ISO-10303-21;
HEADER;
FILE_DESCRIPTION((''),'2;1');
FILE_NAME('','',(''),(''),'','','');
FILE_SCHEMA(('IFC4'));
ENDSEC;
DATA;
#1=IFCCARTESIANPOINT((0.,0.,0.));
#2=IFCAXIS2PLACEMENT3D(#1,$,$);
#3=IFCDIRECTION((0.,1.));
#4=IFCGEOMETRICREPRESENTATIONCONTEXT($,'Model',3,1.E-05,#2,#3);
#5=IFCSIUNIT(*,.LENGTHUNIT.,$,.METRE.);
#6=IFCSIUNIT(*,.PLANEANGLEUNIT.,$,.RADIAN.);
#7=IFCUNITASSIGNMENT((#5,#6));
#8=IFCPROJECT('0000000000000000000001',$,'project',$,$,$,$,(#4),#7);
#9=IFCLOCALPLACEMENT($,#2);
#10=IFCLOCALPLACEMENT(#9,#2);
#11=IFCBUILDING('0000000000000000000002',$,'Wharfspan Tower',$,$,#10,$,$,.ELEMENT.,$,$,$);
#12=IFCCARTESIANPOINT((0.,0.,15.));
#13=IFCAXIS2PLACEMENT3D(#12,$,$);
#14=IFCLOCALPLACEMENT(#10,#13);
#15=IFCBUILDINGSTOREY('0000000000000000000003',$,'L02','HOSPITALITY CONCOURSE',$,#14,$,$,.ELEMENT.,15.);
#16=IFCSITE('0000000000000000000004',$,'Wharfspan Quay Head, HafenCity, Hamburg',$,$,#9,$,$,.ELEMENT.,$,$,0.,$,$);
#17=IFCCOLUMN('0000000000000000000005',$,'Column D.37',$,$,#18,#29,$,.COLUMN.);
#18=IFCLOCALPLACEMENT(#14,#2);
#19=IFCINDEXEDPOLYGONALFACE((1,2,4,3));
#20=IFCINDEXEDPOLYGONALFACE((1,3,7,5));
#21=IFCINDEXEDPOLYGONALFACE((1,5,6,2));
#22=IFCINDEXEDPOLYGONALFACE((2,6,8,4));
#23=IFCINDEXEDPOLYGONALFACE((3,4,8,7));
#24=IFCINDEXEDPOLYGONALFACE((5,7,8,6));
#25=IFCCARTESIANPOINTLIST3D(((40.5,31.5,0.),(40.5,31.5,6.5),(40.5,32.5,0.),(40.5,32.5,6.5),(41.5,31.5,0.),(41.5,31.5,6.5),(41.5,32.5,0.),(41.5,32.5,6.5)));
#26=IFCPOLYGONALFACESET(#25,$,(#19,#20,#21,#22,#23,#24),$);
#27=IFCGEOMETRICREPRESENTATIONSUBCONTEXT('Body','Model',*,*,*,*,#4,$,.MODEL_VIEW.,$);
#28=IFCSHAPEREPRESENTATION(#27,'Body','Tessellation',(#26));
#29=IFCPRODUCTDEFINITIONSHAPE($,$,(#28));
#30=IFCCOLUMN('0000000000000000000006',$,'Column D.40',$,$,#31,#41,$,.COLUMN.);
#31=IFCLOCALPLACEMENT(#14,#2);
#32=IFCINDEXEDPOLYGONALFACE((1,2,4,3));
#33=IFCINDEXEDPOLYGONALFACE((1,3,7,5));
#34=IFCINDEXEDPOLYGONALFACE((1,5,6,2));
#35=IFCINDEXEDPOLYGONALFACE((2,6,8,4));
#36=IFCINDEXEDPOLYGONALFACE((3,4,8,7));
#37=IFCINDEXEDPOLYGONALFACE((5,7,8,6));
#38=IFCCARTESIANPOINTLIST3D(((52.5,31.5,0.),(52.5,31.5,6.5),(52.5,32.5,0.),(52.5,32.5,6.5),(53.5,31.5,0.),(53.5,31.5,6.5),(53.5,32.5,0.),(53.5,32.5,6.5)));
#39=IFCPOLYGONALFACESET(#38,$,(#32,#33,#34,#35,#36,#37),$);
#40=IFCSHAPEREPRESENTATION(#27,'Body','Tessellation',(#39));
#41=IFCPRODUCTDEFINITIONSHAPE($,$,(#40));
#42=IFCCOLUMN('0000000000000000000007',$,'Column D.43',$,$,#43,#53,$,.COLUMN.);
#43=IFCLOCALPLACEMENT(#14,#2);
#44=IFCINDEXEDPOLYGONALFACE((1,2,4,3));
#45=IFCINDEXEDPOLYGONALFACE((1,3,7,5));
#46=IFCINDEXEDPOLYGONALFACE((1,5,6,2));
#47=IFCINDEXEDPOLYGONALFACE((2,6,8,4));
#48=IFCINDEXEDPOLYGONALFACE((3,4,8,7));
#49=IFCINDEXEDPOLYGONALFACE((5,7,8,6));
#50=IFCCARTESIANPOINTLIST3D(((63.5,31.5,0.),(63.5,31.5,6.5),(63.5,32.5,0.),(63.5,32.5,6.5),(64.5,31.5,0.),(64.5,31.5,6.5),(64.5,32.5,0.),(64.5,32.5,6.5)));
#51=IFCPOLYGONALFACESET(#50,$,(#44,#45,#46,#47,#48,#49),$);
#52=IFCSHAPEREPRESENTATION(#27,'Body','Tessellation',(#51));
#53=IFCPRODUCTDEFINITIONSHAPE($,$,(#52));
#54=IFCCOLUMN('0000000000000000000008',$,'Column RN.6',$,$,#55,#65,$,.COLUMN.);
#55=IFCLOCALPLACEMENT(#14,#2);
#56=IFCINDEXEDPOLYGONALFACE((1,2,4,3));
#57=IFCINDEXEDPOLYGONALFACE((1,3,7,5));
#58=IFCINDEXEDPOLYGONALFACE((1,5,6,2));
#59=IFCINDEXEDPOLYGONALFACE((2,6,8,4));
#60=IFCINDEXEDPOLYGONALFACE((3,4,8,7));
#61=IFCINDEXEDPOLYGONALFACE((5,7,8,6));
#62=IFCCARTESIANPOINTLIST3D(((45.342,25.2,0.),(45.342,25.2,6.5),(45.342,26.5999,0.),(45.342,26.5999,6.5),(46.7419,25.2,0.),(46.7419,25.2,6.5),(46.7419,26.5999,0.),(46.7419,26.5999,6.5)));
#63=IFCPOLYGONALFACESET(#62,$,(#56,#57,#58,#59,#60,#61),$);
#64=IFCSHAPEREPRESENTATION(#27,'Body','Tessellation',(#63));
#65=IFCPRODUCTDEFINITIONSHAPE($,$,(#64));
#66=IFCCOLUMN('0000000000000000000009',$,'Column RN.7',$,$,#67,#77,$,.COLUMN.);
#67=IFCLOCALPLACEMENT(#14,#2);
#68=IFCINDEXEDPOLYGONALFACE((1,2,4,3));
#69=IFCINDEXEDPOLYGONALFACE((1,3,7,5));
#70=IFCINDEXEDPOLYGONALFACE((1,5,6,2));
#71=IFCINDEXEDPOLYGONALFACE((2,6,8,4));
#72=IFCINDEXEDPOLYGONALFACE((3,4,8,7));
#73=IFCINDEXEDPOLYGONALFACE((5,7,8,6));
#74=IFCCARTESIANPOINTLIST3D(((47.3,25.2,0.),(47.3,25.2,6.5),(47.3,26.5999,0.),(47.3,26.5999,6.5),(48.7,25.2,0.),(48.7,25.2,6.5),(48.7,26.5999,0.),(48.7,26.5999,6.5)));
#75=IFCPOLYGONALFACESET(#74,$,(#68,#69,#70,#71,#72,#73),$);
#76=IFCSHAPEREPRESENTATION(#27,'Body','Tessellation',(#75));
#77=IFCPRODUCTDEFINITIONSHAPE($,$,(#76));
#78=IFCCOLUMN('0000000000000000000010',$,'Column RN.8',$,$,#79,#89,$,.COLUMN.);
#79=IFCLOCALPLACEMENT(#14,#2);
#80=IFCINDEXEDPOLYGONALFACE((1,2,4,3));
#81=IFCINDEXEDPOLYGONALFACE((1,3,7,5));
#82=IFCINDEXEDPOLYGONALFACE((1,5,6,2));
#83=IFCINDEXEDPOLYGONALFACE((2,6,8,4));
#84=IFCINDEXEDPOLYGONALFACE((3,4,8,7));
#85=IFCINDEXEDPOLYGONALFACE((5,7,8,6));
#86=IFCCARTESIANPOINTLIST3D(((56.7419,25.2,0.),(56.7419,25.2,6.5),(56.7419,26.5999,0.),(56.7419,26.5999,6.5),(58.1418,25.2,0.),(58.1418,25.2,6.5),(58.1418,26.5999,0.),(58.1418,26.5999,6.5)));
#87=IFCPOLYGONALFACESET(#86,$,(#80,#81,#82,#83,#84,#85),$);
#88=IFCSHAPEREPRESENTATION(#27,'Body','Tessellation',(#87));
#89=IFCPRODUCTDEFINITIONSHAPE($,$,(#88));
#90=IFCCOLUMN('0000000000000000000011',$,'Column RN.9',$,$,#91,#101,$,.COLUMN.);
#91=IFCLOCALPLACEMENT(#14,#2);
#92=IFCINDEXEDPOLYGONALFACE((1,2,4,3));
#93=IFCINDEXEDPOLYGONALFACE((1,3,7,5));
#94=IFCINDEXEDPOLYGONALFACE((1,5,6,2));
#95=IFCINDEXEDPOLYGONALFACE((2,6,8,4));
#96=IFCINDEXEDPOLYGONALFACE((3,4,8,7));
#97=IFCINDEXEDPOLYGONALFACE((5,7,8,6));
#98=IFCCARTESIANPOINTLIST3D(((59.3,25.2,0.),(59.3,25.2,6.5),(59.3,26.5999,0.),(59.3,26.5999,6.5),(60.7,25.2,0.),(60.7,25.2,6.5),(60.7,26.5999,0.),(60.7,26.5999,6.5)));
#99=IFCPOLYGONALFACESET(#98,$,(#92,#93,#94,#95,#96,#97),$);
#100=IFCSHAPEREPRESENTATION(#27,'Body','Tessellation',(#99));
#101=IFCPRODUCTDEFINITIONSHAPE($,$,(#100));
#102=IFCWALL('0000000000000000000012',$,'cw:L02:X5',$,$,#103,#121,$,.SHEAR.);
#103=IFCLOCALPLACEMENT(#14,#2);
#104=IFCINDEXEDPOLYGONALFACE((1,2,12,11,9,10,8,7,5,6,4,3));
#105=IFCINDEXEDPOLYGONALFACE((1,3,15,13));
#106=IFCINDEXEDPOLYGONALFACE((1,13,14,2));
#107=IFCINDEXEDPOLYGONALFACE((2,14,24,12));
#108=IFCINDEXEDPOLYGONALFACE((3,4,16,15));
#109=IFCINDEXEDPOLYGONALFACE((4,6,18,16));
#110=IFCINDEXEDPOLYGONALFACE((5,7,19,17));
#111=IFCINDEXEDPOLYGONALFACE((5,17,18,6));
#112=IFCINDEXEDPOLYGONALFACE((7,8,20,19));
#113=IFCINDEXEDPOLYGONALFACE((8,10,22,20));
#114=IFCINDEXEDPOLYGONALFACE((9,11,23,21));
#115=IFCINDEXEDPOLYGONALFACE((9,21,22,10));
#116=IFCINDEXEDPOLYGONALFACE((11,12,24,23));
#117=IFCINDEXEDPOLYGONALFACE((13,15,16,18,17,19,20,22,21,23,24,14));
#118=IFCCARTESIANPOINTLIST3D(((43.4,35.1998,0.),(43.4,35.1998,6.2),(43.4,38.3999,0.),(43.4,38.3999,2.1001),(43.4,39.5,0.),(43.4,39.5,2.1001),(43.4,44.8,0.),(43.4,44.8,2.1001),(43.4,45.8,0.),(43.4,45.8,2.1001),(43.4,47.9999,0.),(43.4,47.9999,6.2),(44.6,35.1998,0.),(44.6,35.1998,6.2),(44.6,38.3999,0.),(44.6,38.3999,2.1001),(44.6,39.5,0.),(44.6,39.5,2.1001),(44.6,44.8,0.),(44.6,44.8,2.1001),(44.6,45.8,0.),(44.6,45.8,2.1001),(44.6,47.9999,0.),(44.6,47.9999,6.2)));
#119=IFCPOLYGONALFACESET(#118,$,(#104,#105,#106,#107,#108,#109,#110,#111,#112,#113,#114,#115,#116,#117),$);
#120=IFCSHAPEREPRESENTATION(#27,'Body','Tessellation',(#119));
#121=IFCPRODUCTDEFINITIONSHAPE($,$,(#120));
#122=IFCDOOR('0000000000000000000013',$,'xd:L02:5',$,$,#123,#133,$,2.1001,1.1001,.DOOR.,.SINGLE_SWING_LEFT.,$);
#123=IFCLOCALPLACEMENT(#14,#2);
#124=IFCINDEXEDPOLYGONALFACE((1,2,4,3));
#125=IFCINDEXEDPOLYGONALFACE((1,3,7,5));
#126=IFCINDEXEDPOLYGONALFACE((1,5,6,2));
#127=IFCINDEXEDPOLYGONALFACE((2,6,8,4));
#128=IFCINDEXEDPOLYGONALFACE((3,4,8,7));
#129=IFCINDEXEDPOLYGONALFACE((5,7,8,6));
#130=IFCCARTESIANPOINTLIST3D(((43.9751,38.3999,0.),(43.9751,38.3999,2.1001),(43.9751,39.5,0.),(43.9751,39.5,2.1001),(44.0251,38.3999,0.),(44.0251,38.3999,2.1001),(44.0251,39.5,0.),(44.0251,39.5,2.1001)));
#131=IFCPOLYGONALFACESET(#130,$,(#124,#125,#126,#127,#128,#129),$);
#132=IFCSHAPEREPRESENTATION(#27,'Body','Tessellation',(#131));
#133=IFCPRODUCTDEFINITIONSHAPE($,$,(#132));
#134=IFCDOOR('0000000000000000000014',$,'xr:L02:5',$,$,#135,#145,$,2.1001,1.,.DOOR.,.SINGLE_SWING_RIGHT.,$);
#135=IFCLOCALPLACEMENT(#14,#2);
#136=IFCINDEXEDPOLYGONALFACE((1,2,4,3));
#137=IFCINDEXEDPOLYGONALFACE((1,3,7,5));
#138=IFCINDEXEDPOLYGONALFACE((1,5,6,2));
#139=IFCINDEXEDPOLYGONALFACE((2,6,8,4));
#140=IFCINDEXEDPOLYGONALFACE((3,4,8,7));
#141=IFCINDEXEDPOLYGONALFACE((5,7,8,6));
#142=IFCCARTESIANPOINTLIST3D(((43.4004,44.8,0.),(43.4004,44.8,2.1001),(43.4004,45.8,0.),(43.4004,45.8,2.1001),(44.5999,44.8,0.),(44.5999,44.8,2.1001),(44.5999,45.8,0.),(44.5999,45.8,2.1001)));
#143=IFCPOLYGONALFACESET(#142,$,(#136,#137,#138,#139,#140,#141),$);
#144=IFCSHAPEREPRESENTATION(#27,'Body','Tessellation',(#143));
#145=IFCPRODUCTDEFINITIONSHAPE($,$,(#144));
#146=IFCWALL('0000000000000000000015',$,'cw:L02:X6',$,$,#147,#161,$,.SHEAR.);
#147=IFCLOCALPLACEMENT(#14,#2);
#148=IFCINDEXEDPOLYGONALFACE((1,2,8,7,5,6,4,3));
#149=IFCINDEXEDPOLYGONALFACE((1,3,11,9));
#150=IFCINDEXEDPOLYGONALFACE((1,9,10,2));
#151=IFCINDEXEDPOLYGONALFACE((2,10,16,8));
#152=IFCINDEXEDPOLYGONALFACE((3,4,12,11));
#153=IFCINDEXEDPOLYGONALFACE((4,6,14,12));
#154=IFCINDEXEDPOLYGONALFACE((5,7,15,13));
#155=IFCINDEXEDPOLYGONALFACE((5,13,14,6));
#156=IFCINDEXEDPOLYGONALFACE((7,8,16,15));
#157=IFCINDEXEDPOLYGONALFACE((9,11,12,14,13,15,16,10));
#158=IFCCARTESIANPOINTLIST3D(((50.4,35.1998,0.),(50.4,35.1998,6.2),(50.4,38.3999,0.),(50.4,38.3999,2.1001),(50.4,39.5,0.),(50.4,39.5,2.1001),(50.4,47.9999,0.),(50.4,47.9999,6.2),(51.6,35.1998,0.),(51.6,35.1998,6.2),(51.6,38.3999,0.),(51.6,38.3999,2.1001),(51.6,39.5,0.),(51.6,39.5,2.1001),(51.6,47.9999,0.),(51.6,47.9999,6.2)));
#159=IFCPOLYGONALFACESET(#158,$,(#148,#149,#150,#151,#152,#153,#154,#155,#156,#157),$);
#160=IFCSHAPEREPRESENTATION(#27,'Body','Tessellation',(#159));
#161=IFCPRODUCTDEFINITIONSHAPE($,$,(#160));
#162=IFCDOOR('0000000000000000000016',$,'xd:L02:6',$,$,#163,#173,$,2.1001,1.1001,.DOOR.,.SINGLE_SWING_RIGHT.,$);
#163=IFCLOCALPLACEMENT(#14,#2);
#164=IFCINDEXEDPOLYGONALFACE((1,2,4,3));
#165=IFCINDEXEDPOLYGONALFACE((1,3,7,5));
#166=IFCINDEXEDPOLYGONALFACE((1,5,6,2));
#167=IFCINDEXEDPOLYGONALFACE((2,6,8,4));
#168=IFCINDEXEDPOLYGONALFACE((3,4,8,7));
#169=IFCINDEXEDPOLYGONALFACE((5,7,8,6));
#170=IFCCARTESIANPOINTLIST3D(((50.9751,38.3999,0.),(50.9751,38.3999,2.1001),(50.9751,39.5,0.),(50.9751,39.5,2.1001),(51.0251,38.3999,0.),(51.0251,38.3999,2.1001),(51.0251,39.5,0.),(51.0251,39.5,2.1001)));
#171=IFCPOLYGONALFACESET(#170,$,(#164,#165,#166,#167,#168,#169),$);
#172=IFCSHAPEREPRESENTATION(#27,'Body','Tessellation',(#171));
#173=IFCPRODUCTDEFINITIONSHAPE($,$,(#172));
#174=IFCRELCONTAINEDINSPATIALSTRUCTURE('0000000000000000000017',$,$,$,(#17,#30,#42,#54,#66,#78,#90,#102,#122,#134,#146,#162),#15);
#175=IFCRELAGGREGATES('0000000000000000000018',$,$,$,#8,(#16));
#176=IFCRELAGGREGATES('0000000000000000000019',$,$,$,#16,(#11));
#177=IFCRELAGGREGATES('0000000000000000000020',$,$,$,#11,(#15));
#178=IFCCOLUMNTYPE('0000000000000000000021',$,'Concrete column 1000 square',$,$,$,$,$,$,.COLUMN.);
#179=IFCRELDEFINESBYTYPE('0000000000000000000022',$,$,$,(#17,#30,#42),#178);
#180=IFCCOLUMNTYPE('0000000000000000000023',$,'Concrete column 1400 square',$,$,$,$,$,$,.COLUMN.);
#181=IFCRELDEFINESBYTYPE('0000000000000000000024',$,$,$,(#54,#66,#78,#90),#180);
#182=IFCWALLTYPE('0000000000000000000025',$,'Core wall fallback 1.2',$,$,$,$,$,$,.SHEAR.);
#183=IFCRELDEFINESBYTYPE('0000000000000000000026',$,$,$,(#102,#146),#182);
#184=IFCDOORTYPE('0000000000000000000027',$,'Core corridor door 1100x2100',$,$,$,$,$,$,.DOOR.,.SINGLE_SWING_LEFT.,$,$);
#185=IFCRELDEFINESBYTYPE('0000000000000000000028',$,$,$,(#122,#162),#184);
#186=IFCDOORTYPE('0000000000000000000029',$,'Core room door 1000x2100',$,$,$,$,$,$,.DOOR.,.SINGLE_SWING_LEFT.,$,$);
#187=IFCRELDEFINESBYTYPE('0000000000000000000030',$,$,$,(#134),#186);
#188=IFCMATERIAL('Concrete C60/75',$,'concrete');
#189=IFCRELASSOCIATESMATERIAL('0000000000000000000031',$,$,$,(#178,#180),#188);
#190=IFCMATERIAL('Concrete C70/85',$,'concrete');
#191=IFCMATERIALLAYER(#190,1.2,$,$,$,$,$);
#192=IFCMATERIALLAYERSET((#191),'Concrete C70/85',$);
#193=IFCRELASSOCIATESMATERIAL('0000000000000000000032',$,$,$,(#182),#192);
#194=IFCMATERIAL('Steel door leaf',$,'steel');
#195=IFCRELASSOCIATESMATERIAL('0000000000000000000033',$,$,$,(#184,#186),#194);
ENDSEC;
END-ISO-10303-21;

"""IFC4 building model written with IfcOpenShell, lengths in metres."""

from ifc_helpers import new_model, si_unit, direction, frame, frame_2d, origin, origin_2d, place, context, subcontext, project, spatial, rectangle, extrude, material, layer, layer_set, material_profile, profile_set, type_object, element, fill, save


model = new_model("IFC4")

# Units and contexts
model_context = context("Model", 3, precision=1e-05, world=origin(), true_north=direction((0.0, 1.0)))
body_context = subcontext(model_context, "Body", "Model", "MODEL_VIEW")
ifc_project = project(units=[si_unit("LENGTHUNIT", "METRE"), si_unit("PLANEANGLEUNIT", "RADIAN")], contexts=[model_context])

# Site, building, storey
site_placement = place(None, origin())
site = spatial("IfcSite", under=ifc_project, at=site_placement, Name="Wharfspan Quay Head, HafenCity, Hamburg", CompositionType="ELEMENT", RefElevation=0.0)
building_placement = place(site_placement, origin())
building = spatial("IfcBuilding", under=site, at=building_placement, Name="Wharfspan Tower", CompositionType="ELEMENT")
storey_placement = place(building_placement, frame((0.0, 0.0, 15.0)))
storey = spatial("IfcBuildingStorey", under=building, at=storey_placement, Name="L02", Description="HOSPITALITY CONCOURSE", CompositionType="ELEMENT", Elevation=15.0)

# Columns
ifc_material_1 = material(Name="Concrete C60/75", Category="concrete")
ifc_material_profile_1 = material_profile(ifc_material_1, rectangle(XDim=1.0, YDim=1.0, at=origin_2d()))
ifc_profile_set_1 = profile_set([ifc_material_profile_1], Name="Concrete C60/75")
column_type_1 = type_object("IfcColumnType", Name="Concrete column 1000 square", PredefinedType="COLUMN", material=ifc_profile_set_1)
for number, where, z_axis, x_axis, name in (
    (1, (41.0, 32.0, 0.0), (0.0, 0.0, 1.0), (1.0, 0.0, 0.0), "Column D.37"),
    (2, (53.0, 32.0, 0.0), (0.0, 0.0, 1.0), (1.0, 0.0, 0.0), "Column D.40"),
    (3, (64.0, 32.0, 0.0), (0.0, 0.0, 1.0), (1.0, 0.0, 0.0), "Column D.43"),
):
    element("IfcColumn", number, at=place(storey_placement, frame(where, z_axis=z_axis, x_axis=x_axis)), inside=storey, type_object=column_type_1, Name=name, PredefinedType="COLUMN", context=body_context, shape_type="SweptSolid", body=[
        extrude(rectangle(XDim=1.0, YDim=1.0, at=origin_2d()), origin(), (0.0, 0.0, 1.0), 6.5),
    ])
ifc_material_profile_2 = material_profile(ifc_material_1, rectangle(XDim=1.3999, YDim=1.3999, at=origin_2d()))
ifc_profile_set_2 = profile_set([ifc_material_profile_2], Name="Concrete C60/75")
column_type_2 = type_object("IfcColumnType", Name="Concrete column 1400 square", PredefinedType="COLUMN", material=ifc_profile_set_2)
for number, where, z_axis, x_axis, name in (
    (4, (46.042, 25.8999, 0.0), (0.0, 0.0, 1.0), (1.0, 0.0, 0.0), "Column RN.6"),
    (5, (48.0, 25.8999, 0.0), (0.0, 0.0, 1.0), (1.0, 0.0, 0.0), "Column RN.7"),
    (6, (57.4419, 25.8999, 0.0), (0.0, 0.0, 1.0), (1.0, 0.0, 0.0), "Column RN.8"),
    (7, (60.0, 25.8999, 0.0), (0.0, 0.0, 1.0), (1.0, 0.0, 0.0), "Column RN.9"),
):
    element("IfcColumn", number, at=place(storey_placement, frame(where, z_axis=z_axis, x_axis=x_axis)), inside=storey, type_object=column_type_2, Name=name, PredefinedType="COLUMN", context=body_context, shape_type="SweptSolid", body=[
        extrude(rectangle(XDim=1.3999, YDim=1.3999, at=origin_2d()), origin(), (0.0, 0.0, 1.0), 6.5),
    ])

# Wall, openings, doors
ifc_material_2 = material(Name="Concrete C70/85", Category="concrete")
ifc_layer_1 = layer(ifc_material_2, 1.2)
ifc_layer_set_1 = layer_set([ifc_layer_1], Name="Concrete C70/85")
wall_type_1 = type_object("IfcWallType", Name="Core wall fallback 1.2", PredefinedType="SHEAR", material=ifc_layer_set_1)
wall_1_placement = place(storey_placement, frame((44.0, 35.2, 0.0), z_axis=(0.0, 0.0, 1.0), x_axis=(0.0, 1.0, 0.0)))
wall_1 = element("IfcWall", 8, at=wall_1_placement, inside=storey, type_object=wall_type_1, Name="cw:L02:X5", PredefinedType="SHEAR", context=body_context, shape_type="SweptSolid", body=[
    extrude(rectangle(XDim=12.8, YDim=1.2, at=frame_2d((6.3999, 0.0))), origin(), (0.0, 0.0, 1.0), 6.2),
])
opening_1_placement = place(wall_1_placement, frame((3.2, 0.0, 0.0)))
opening_1 = element("IfcOpeningElement", 9, at=opening_1_placement, cuts=wall_1, PredefinedType="OPENING", context=body_context, shape_type="SweptSolid", body=[
    extrude(rectangle(XDim=1.1001, YDim=2.1001, at=frame_2d((0.55, 1.05))), frame((0.0, 0.6099, 0.0), z_axis=(0.0, -1.0, 0.0), x_axis=(1.0, 0.0, 0.0)), (0.0, 0.0, 1.0), 1.22),
])
opening_2_placement = place(wall_1_placement, frame((9.6001, 0.0, 0.0)))
opening_2 = element("IfcOpeningElement", 10, at=opening_2_placement, cuts=wall_1, PredefinedType="OPENING", context=body_context, shape_type="SweptSolid", body=[
    extrude(rectangle(XDim=1.0, YDim=2.1001, at=frame_2d((0.5, 1.05))), frame((0.0, 0.6099, 0.0), z_axis=(0.0, -1.0, 0.0), x_axis=(1.0, 0.0, 0.0)), (0.0, 0.0, 1.0), 1.22),
])
ifc_material_3 = material(Name="Steel door leaf", Category="steel")
door_type_1 = type_object("IfcDoorType", Name="Core corridor door 1100x2100", OperationType="SINGLE_SWING_LEFT", PredefinedType="DOOR", material=ifc_material_3)
door_1_placement = place(opening_1_placement, origin())
door_1 = element("IfcDoor", 11, at=door_1_placement, inside=storey, type_object=door_type_1, Name="xd:L02:5", OperationType="SINGLE_SWING_LEFT", OverallHeight=2.1001, OverallWidth=1.1001, PredefinedType="DOOR", context=body_context, shape_type="SweptSolid", body=[
    extrude(rectangle(XDim=1.1001, YDim=2.1001, at=frame_2d((0.55, 1.05))), frame((0.0, 0.0249, 0.0), z_axis=(0.0, -1.0, 0.0), x_axis=(1.0, 0.0, 0.0)), (0.0, 0.0, 1.0), 0.05),
])
fill(opening_1, door_1)
door_type_2 = type_object("IfcDoorType", Name="Core room door 1000x2100", OperationType="SINGLE_SWING_LEFT", PredefinedType="DOOR", material=ifc_material_3)
door_2_placement = place(opening_2_placement, origin())
door_2 = element("IfcDoor", 12, at=door_2_placement, inside=storey, type_object=door_type_2, Name="xr:L02:5", OperationType="SINGLE_SWING_RIGHT", OverallHeight=2.1001, OverallWidth=1.0, PredefinedType="DOOR", context=body_context, shape_type="SweptSolid", body=[
    extrude(rectangle(XDim=1.0, YDim=2.1001, at=frame_2d((0.5, 1.05))), frame((0.0, 0.5996, 0.0), z_axis=(0.0, -1.0, 0.0), x_axis=(1.0, 0.0, 0.0)), (0.0, 0.0, 1.0), 1.1995),
])
fill(opening_2, door_2)

# Wall, opening, door
wall_2_placement = place(storey_placement, frame((51.0, 35.2, 0.0), z_axis=(0.0, 0.0, 1.0), x_axis=(0.0, 1.0, 0.0)))
wall_2 = element("IfcWall", 13, at=wall_2_placement, inside=storey, type_object=wall_type_1, Name="cw:L02:X6", PredefinedType="SHEAR", context=body_context, shape_type="SweptSolid", body=[
    extrude(rectangle(XDim=12.8, YDim=1.2, at=frame_2d((6.3999, 0.0))), origin(), (0.0, 0.0, 1.0), 6.2),
])
opening_3_placement = place(wall_2_placement, frame((3.2, 0.0, 0.0)))
opening_3 = element("IfcOpeningElement", 14, at=opening_3_placement, cuts=wall_2, PredefinedType="OPENING", context=body_context, shape_type="SweptSolid", body=[
    extrude(rectangle(XDim=1.1001, YDim=2.1001, at=frame_2d((0.55, 1.05))), frame((0.0, 0.6099, 0.0), z_axis=(0.0, -1.0, 0.0), x_axis=(1.0, 0.0, 0.0)), (0.0, 0.0, 1.0), 1.22),
])
door_3_placement = place(opening_3_placement, origin())
door_3 = element("IfcDoor", 15, at=door_3_placement, inside=storey, type_object=door_type_1, Name="xd:L02:6", OperationType="SINGLE_SWING_RIGHT", OverallHeight=2.1001, OverallWidth=1.1001, PredefinedType="DOOR", context=body_context, shape_type="SweptSolid", body=[
    extrude(rectangle(XDim=1.1001, YDim=2.1001, at=frame_2d((0.55, 1.05))), frame((0.0, 0.0249, 0.0), z_axis=(0.0, -1.0, 0.0), x_axis=(1.0, 0.0, 0.0)), (0.0, 0.0, 1.0), 0.05),
])
fill(opening_3, door_3)

save(model, "model.ifc")
